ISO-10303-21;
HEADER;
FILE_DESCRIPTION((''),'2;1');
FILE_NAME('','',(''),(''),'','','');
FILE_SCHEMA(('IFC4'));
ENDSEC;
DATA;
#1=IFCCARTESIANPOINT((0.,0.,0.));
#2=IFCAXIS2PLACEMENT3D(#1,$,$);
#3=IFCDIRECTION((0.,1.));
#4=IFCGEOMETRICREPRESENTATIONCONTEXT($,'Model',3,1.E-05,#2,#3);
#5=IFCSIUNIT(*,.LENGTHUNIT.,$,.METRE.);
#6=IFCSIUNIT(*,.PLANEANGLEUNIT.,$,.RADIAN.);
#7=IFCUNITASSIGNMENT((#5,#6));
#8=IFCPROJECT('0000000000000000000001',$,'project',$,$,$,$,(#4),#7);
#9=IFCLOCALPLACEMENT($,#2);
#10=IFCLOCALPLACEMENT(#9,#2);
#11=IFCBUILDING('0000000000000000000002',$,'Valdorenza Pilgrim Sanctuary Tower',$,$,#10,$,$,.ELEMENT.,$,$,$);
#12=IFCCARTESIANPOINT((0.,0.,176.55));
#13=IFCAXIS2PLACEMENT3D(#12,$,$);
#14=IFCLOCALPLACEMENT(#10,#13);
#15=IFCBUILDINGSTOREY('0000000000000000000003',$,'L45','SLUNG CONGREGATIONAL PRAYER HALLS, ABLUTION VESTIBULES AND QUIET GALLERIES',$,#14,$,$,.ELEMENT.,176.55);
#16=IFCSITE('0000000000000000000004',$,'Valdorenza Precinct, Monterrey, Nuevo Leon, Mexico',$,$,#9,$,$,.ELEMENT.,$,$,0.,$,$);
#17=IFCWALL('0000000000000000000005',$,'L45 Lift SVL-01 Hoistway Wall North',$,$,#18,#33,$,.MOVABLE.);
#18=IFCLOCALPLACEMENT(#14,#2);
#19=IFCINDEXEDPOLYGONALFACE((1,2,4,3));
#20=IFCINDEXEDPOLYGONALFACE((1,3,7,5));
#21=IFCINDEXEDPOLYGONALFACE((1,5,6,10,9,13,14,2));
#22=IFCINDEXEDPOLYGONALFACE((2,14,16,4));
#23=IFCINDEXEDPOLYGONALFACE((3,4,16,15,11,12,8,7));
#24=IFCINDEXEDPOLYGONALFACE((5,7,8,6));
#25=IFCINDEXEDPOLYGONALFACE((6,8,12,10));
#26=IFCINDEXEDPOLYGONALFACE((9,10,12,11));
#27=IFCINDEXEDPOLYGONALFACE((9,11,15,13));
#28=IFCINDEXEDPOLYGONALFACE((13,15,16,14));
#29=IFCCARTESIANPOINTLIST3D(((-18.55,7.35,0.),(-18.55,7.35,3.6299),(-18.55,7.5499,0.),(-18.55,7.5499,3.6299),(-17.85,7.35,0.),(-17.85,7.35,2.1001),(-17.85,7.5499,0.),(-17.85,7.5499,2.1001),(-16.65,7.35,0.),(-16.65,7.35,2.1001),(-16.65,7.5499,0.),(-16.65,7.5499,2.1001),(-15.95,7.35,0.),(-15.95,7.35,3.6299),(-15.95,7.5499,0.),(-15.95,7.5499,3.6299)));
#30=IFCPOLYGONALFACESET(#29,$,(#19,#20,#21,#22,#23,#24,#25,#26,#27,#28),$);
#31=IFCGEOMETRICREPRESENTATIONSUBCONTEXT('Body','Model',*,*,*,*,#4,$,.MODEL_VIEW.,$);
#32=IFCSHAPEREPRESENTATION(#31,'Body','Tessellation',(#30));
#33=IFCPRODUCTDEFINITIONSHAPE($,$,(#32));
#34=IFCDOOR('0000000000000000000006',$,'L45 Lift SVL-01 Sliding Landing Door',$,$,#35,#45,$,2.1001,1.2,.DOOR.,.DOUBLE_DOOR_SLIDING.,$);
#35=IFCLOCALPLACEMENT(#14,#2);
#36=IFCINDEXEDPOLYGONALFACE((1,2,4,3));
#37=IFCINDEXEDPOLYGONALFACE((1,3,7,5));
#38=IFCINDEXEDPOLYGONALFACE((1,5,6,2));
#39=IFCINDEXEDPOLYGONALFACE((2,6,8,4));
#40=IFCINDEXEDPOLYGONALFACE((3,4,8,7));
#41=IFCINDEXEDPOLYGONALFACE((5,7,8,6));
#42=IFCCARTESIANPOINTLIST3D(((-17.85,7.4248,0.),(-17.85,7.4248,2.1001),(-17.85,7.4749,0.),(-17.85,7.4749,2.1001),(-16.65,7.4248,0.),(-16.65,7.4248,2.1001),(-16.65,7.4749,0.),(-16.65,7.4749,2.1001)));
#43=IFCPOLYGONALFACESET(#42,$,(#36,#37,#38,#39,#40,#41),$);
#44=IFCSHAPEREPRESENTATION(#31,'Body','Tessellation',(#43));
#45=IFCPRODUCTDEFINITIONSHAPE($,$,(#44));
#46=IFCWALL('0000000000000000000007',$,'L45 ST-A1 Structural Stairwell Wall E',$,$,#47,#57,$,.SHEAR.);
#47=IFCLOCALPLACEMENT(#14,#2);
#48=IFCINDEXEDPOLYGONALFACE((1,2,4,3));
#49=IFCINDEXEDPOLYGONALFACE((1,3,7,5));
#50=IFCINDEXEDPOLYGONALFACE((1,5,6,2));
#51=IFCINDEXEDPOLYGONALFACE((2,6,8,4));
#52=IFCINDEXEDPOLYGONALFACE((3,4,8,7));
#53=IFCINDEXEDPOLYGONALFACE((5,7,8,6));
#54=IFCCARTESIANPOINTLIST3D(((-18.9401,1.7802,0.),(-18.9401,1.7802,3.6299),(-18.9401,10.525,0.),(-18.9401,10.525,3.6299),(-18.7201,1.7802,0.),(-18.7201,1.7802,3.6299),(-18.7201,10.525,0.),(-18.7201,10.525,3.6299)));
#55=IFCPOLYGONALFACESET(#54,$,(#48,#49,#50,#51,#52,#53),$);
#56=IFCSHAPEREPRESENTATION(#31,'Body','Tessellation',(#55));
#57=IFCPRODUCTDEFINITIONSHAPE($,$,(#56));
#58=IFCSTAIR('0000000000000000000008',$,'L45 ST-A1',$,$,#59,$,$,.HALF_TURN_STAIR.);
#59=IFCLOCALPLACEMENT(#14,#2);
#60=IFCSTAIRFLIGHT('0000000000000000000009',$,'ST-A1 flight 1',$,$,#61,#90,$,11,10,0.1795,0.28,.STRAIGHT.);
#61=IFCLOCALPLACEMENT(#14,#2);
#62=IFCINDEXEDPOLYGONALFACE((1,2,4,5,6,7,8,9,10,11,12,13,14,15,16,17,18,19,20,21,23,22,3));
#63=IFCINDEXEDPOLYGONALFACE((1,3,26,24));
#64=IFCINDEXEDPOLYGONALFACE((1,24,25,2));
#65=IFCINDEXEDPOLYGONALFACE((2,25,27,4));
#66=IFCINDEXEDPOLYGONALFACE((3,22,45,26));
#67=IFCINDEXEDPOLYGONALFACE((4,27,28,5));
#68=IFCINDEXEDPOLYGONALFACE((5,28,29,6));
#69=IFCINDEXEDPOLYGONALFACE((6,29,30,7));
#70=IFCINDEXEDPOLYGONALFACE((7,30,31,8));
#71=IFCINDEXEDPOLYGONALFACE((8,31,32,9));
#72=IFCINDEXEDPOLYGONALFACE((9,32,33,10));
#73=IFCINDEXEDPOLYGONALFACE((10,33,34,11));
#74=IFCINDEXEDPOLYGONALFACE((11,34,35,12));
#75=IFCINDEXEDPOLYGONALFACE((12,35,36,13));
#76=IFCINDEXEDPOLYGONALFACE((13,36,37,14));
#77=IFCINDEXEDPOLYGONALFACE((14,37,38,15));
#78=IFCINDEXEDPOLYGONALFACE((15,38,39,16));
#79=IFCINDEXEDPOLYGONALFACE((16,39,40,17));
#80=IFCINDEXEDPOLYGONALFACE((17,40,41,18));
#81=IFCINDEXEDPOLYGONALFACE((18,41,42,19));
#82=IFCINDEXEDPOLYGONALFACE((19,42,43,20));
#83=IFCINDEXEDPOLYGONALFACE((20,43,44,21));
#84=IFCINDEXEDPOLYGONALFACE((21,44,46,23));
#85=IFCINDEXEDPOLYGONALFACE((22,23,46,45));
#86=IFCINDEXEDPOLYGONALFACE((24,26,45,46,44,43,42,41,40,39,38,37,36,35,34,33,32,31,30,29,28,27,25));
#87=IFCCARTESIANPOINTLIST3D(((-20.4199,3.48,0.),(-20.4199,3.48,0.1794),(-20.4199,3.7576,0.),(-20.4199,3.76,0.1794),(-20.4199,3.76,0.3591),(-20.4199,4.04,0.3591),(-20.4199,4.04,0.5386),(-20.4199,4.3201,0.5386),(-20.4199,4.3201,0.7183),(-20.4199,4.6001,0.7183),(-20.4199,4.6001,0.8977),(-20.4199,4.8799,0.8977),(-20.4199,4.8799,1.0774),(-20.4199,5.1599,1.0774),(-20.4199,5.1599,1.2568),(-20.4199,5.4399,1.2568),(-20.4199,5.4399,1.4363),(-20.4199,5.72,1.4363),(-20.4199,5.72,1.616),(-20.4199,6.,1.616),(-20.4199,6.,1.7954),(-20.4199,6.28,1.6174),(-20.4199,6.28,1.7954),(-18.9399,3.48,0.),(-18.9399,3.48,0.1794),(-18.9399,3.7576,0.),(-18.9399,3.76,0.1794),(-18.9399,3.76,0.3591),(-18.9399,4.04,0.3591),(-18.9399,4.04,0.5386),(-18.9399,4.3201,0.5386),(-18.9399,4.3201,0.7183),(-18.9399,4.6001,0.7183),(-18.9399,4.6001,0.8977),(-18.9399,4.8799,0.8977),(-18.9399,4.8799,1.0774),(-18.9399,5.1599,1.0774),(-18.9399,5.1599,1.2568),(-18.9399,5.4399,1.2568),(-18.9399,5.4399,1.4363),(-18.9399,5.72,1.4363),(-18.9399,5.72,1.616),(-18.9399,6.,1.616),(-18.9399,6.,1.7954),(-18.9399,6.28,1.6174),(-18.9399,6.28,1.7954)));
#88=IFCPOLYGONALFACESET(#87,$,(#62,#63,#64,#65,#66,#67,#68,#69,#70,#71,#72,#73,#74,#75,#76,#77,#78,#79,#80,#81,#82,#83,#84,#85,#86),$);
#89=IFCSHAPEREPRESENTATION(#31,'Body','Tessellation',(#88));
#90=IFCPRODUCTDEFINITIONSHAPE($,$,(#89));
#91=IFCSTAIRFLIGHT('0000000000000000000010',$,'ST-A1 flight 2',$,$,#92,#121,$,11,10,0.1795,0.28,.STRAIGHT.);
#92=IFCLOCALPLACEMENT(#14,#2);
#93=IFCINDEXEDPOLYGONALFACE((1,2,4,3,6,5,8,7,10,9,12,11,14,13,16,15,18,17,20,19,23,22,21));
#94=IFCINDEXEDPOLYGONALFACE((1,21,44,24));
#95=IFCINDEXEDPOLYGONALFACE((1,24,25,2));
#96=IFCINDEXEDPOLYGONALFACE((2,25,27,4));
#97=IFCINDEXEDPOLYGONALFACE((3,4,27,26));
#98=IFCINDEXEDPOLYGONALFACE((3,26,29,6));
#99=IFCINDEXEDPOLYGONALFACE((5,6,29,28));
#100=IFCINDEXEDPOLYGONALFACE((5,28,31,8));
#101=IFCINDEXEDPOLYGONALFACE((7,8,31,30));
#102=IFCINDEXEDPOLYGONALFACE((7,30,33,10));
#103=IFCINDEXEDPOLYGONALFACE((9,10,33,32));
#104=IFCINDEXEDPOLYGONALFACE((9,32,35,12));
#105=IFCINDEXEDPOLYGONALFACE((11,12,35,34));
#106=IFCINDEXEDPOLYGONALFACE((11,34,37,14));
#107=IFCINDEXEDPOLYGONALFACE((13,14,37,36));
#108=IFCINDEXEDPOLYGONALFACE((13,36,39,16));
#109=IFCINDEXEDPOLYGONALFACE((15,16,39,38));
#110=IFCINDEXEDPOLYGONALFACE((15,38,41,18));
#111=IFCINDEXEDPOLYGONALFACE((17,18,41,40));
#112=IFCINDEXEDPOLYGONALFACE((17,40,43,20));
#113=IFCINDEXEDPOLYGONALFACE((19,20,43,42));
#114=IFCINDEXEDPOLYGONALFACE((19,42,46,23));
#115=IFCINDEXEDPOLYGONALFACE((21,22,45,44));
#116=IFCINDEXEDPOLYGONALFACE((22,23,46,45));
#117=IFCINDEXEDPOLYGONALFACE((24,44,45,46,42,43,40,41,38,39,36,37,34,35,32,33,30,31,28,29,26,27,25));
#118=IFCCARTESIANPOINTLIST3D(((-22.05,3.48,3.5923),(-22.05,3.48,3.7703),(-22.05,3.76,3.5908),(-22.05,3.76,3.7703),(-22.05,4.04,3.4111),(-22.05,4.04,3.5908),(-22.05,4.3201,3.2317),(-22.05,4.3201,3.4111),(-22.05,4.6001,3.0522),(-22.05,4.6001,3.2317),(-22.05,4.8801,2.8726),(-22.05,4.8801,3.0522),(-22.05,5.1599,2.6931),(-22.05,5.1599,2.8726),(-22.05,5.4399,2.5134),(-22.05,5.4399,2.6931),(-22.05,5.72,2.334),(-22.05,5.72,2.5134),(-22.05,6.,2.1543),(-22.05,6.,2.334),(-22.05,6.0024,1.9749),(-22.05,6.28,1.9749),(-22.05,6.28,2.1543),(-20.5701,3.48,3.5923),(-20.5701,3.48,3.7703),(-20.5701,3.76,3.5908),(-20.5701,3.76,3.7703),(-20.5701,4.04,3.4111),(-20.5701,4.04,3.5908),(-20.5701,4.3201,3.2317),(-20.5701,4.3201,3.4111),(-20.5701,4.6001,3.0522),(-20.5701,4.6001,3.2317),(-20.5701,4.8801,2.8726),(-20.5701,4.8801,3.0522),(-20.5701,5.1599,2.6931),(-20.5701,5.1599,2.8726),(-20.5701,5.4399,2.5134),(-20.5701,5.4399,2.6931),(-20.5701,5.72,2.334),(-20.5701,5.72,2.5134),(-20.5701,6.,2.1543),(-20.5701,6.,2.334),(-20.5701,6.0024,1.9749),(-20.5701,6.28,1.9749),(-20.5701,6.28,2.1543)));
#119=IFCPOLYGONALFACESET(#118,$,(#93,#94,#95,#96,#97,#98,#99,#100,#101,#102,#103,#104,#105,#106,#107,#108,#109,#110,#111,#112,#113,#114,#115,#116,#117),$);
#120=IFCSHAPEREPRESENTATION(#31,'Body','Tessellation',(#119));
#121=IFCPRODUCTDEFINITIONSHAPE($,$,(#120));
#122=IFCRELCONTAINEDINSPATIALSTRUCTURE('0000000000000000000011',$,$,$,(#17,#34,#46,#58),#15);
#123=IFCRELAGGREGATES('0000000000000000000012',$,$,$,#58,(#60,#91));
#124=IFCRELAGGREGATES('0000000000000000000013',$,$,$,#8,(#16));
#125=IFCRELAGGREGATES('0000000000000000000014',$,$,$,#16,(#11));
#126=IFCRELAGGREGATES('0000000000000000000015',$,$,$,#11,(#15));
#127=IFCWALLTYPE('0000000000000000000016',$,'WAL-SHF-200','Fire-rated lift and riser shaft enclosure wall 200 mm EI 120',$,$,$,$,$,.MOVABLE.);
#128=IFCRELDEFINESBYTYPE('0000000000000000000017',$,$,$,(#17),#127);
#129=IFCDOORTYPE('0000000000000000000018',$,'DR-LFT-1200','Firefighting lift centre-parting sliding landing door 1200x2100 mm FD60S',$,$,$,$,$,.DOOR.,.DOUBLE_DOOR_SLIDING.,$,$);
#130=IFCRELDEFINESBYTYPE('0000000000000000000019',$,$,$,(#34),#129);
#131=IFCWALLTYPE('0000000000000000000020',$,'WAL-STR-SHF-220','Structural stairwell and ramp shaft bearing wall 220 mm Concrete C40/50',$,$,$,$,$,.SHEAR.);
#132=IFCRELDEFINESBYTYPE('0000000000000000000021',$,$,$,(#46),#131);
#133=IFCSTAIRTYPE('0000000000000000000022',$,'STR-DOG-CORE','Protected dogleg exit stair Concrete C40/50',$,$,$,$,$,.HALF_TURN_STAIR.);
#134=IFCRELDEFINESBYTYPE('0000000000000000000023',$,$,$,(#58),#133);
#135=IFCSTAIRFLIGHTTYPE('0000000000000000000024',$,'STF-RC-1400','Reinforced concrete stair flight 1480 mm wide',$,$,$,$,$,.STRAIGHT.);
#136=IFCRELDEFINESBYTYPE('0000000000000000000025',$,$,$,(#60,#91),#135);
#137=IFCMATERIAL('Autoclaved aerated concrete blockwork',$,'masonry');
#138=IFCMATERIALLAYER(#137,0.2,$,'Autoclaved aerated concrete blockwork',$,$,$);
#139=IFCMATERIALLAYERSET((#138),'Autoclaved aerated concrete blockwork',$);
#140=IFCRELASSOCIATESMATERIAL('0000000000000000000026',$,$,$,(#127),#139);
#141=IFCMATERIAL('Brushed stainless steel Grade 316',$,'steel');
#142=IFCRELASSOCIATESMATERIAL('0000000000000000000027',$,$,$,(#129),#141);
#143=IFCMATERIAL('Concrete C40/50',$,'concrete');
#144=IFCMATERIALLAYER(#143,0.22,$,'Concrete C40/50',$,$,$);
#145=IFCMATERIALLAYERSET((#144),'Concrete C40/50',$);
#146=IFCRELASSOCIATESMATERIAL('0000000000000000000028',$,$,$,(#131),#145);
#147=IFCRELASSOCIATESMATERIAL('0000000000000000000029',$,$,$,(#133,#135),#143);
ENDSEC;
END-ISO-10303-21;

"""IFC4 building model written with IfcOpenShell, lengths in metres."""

from ifc_helpers import new_model, si_unit, direction, frame, frame_2d, origin, place, context, subcontext, project, spatial, polyline, rectangle, outline, extrude, material, layer, layer_set, type_object, element, fill, aggregate, save


model = new_model("IFC4")

# Units and contexts
model_context = context("Model", 3, precision=1e-05, world=origin(), true_north=direction((0.0, 1.0)))
body_context = subcontext(model_context, "Body", "Model", "MODEL_VIEW")
ifc_project = project(units=[si_unit("LENGTHUNIT", "METRE"), si_unit("PLANEANGLEUNIT", "RADIAN")], contexts=[model_context])

# Site, building, storey
site_placement = place(None, origin())
site = spatial("IfcSite", under=ifc_project, at=site_placement, Name="Valdorenza Precinct, Monterrey, Nuevo Leon, Mexico", CompositionType="ELEMENT", RefElevation=0.0)
building_placement = place(site_placement, origin())
building = spatial("IfcBuilding", under=site, at=building_placement, Name="Valdorenza Pilgrim Sanctuary Tower", CompositionType="ELEMENT")
storey_placement = place(building_placement, frame((0.0, 0.0, 176.55)))
storey = spatial("IfcBuildingStorey", under=building, at=storey_placement, Name="L45", Description="SLUNG CONGREGATIONAL PRAYER HALLS, ABLUTION VESTIBULES AND QUIET GALLERIES", CompositionType="ELEMENT", Elevation=176.55)

# Shared definitions
ifc_material_1 = material(Name="Autoclaved aerated concrete blockwork", Category="masonry")
ifc_layer_1 = layer(ifc_material_1, 0.2, Name="Autoclaved aerated concrete blockwork")
ifc_layer_set_1 = layer_set([ifc_layer_1], Name="Autoclaved aerated concrete blockwork")
wall_type_1 = type_object("IfcWallType", Name="WAL-SHF-200", Description="Fire-rated lift and riser shaft enclosure wall 200 mm EI 120", PredefinedType="MOVABLE", material=ifc_layer_set_1)

# Shared definitions
ifc_material_2 = material(Name="Brushed stainless steel Grade 316", Category="steel")
door_type_1 = type_object("IfcDoorType", Name="DR-LFT-1200", Description="Firefighting lift centre-parting sliding landing door 1200x2100 mm FD60S", OperationType="DOUBLE_DOOR_SLIDING", PredefinedType="DOOR", material=ifc_material_2)

# Wall, opening, door
wall_1_placement = place(storey_placement, frame((-18.55, 7.45, 0.0), z_axis=(0.0, 0.0, 1.0), x_axis=(1.0, 0.0, 0.0)))
wall_1 = element("IfcWall", 1, at=wall_1_placement, inside=storey, type_object=wall_type_1, Name="L45 Lift SVL-01 Hoistway Wall North", PredefinedType="MOVABLE", context=body_context, shape_type="SweptSolid", body=[
    extrude(rectangle(XDim=2.6001, YDim=0.2, at=frame_2d((1.3, 0.0))), origin(), (0.0, 0.0, 1.0), 3.6299),
])
opening_1_placement = place(wall_1_placement, frame((0.7, 0.0, 0.0)))
opening_1 = element("IfcOpeningElement", 2, at=opening_1_placement, cuts=wall_1, PredefinedType="OPENING", context=body_context, shape_type="SweptSolid", body=[
    extrude(rectangle(XDim=1.2, YDim=2.1001, at=frame_2d((0.6001, 1.05))), frame((0.0, 0.1147, 0.0), z_axis=(0.0, -1.0, 0.0), x_axis=(1.0, 0.0, 0.0)), (0.0, 0.0, 1.0), 0.2297),
])
door_1_placement = place(opening_1_placement, origin())
door_1 = element("IfcDoor", 3, at=door_1_placement, inside=storey, type_object=door_type_1, Name="L45 Lift SVL-01 Sliding Landing Door", OperationType="DOUBLE_DOOR_SLIDING", OverallHeight=2.1001, OverallWidth=1.2, PredefinedType="DOOR", context=body_context, shape_type="SweptSolid", body=[
    extrude(rectangle(XDim=1.2, YDim=2.1001, at=frame_2d((0.6001, 1.05))), frame((0.0, 0.0249, 0.0), z_axis=(0.0, -1.0, 0.0), x_axis=(1.0, 0.0, 0.0)), (0.0, 0.0, 1.0), 0.05),
])
fill(opening_1, door_1)

# Wall
ifc_material_3 = material(Name="Concrete C40/50", Category="concrete")
ifc_layer_2 = layer(ifc_material_3, 0.22, Name="Concrete C40/50")
ifc_layer_set_2 = layer_set([ifc_layer_2], Name="Concrete C40/50")
wall_type_2 = type_object("IfcWallType", Name="WAL-STR-SHF-220", Description="Structural stairwell and ramp shaft bearing wall 220 mm Concrete C40/50", PredefinedType="SHEAR", material=ifc_layer_set_2)
wall_2_placement = place(storey_placement, frame((-18.8301, 1.78, 0.0), z_axis=(0.0, 0.0, 1.0), x_axis=(0.0, 1.0, 0.0)))
element("IfcWall", 4, at=wall_2_placement, inside=storey, type_object=wall_type_2, Name="L45 ST-A1 Structural Stairwell Wall E", PredefinedType="SHEAR", context=body_context, shape_type="SweptSolid", body=[
    extrude(rectangle(XDim=8.7449, YDim=0.22, at=frame_2d((4.3726, 0.0))), origin(), (0.0, 0.0, 1.0), 3.6299),
])

# Stair, stair flights
stair_type = type_object("IfcStairType", Name="STR-DOG-CORE", Description="Protected dogleg exit stair Concrete C40/50", PredefinedType="HALF_TURN_STAIR", material=ifc_material_3)
stair_placement = place(storey_placement, origin())
stair = element("IfcStair", 5, at=stair_placement, inside=storey, type_object=stair_type, Name="L45 ST-A1", PredefinedType="HALF_TURN_STAIR")
stair_flight_type = type_object("IfcStairFlightType", Name="STF-RC-1400", Description="Reinforced concrete stair flight 1480 mm wide", PredefinedType="STRAIGHT", material=ifc_material_3)
stair_flight_1_placement = place(storey_placement, frame((-19.6799, 3.48, 0.0), z_axis=(0.0, 0.0, 1.0), x_axis=(0.0, 1.0, 0.0)))
stair_flight_1 = element("IfcStairFlight", 6, at=stair_flight_1_placement, type_object=stair_flight_type, Name="ST-A1 flight 1", NumberOfRisers=11, NumberOfTreads=10, PredefinedType="STRAIGHT", RiserHeight=0.1795, TreadLength=0.28, context=body_context, shape_type="SweptSolid", body=[
    extrude(outline(polyline([(0.0, 0.0), (0.0, 0.1794), (0.28, 0.1794), (0.28, 0.3591), (0.5601, 0.3591), (0.5601, 0.5386), (0.8401, 0.5386), (0.8401, 0.7183), (1.1201, 0.7183), (1.1201, 0.8977), (1.3999, 0.8977), (1.3999, 1.0774), (1.6799, 1.0774), (1.6799, 1.2568), (1.96, 1.2568), (1.96, 1.4363), (2.24, 1.4363), (2.24, 1.616), (2.52, 1.616), (2.52, 1.7954), (2.8, 1.7954), (2.8, 1.9751), (2.8, 1.6174), (0.2776, 0.0), (0.0, 0.0)])), frame((0.0, 0.74, 0.0), z_axis=(0.0, -1.0, 0.0), x_axis=(1.0, 0.0, 0.0)), (0.0, 0.0, 1.0), 1.48),
])
stair_flight_2_placement = place(storey_placement, frame((-21.3101, 6.28, 1.9749), z_axis=(0.0, 0.0, 1.0), x_axis=(0.0, -1.0, 0.0)))
stair_flight_2 = element("IfcStairFlight", 7, at=stair_flight_2_placement, type_object=stair_flight_type, Name="ST-A1 flight 2", NumberOfRisers=11, NumberOfTreads=10, PredefinedType="STRAIGHT", RiserHeight=0.1795, TreadLength=0.28, context=body_context, shape_type="SweptSolid", body=[
    extrude(outline(polyline([(0.0, 0.0), (0.0, 0.1794), (0.28, 0.1794), (0.28, 0.3591), (0.5601, 0.3591), (0.5601, 0.5386), (0.8401, 0.5386), (0.8401, 0.7183), (1.1201, 0.7183), (1.1201, 0.8977), (1.3999, 0.8977), (1.3999, 1.0774), (1.6799, 1.0774), (1.6799, 1.2568), (1.96, 1.2568), (1.96, 1.4363), (2.24, 1.4363), (2.24, 1.616), (2.52, 1.616), (2.52, 1.7954), (2.8, 1.7954), (2.8, 1.9751), (2.8, 1.6174), (0.2776, 0.0), (0.0, 0.0)])), frame((0.0, 0.74, 0.0), z_axis=(0.0, -1.0, 0.0), x_axis=(1.0, 0.0, 0.0)), (0.0, 0.0, 1.0), 1.48),
])
aggregate(stair, [stair_flight_1, stair_flight_2])

save(model, "model.ifc")
